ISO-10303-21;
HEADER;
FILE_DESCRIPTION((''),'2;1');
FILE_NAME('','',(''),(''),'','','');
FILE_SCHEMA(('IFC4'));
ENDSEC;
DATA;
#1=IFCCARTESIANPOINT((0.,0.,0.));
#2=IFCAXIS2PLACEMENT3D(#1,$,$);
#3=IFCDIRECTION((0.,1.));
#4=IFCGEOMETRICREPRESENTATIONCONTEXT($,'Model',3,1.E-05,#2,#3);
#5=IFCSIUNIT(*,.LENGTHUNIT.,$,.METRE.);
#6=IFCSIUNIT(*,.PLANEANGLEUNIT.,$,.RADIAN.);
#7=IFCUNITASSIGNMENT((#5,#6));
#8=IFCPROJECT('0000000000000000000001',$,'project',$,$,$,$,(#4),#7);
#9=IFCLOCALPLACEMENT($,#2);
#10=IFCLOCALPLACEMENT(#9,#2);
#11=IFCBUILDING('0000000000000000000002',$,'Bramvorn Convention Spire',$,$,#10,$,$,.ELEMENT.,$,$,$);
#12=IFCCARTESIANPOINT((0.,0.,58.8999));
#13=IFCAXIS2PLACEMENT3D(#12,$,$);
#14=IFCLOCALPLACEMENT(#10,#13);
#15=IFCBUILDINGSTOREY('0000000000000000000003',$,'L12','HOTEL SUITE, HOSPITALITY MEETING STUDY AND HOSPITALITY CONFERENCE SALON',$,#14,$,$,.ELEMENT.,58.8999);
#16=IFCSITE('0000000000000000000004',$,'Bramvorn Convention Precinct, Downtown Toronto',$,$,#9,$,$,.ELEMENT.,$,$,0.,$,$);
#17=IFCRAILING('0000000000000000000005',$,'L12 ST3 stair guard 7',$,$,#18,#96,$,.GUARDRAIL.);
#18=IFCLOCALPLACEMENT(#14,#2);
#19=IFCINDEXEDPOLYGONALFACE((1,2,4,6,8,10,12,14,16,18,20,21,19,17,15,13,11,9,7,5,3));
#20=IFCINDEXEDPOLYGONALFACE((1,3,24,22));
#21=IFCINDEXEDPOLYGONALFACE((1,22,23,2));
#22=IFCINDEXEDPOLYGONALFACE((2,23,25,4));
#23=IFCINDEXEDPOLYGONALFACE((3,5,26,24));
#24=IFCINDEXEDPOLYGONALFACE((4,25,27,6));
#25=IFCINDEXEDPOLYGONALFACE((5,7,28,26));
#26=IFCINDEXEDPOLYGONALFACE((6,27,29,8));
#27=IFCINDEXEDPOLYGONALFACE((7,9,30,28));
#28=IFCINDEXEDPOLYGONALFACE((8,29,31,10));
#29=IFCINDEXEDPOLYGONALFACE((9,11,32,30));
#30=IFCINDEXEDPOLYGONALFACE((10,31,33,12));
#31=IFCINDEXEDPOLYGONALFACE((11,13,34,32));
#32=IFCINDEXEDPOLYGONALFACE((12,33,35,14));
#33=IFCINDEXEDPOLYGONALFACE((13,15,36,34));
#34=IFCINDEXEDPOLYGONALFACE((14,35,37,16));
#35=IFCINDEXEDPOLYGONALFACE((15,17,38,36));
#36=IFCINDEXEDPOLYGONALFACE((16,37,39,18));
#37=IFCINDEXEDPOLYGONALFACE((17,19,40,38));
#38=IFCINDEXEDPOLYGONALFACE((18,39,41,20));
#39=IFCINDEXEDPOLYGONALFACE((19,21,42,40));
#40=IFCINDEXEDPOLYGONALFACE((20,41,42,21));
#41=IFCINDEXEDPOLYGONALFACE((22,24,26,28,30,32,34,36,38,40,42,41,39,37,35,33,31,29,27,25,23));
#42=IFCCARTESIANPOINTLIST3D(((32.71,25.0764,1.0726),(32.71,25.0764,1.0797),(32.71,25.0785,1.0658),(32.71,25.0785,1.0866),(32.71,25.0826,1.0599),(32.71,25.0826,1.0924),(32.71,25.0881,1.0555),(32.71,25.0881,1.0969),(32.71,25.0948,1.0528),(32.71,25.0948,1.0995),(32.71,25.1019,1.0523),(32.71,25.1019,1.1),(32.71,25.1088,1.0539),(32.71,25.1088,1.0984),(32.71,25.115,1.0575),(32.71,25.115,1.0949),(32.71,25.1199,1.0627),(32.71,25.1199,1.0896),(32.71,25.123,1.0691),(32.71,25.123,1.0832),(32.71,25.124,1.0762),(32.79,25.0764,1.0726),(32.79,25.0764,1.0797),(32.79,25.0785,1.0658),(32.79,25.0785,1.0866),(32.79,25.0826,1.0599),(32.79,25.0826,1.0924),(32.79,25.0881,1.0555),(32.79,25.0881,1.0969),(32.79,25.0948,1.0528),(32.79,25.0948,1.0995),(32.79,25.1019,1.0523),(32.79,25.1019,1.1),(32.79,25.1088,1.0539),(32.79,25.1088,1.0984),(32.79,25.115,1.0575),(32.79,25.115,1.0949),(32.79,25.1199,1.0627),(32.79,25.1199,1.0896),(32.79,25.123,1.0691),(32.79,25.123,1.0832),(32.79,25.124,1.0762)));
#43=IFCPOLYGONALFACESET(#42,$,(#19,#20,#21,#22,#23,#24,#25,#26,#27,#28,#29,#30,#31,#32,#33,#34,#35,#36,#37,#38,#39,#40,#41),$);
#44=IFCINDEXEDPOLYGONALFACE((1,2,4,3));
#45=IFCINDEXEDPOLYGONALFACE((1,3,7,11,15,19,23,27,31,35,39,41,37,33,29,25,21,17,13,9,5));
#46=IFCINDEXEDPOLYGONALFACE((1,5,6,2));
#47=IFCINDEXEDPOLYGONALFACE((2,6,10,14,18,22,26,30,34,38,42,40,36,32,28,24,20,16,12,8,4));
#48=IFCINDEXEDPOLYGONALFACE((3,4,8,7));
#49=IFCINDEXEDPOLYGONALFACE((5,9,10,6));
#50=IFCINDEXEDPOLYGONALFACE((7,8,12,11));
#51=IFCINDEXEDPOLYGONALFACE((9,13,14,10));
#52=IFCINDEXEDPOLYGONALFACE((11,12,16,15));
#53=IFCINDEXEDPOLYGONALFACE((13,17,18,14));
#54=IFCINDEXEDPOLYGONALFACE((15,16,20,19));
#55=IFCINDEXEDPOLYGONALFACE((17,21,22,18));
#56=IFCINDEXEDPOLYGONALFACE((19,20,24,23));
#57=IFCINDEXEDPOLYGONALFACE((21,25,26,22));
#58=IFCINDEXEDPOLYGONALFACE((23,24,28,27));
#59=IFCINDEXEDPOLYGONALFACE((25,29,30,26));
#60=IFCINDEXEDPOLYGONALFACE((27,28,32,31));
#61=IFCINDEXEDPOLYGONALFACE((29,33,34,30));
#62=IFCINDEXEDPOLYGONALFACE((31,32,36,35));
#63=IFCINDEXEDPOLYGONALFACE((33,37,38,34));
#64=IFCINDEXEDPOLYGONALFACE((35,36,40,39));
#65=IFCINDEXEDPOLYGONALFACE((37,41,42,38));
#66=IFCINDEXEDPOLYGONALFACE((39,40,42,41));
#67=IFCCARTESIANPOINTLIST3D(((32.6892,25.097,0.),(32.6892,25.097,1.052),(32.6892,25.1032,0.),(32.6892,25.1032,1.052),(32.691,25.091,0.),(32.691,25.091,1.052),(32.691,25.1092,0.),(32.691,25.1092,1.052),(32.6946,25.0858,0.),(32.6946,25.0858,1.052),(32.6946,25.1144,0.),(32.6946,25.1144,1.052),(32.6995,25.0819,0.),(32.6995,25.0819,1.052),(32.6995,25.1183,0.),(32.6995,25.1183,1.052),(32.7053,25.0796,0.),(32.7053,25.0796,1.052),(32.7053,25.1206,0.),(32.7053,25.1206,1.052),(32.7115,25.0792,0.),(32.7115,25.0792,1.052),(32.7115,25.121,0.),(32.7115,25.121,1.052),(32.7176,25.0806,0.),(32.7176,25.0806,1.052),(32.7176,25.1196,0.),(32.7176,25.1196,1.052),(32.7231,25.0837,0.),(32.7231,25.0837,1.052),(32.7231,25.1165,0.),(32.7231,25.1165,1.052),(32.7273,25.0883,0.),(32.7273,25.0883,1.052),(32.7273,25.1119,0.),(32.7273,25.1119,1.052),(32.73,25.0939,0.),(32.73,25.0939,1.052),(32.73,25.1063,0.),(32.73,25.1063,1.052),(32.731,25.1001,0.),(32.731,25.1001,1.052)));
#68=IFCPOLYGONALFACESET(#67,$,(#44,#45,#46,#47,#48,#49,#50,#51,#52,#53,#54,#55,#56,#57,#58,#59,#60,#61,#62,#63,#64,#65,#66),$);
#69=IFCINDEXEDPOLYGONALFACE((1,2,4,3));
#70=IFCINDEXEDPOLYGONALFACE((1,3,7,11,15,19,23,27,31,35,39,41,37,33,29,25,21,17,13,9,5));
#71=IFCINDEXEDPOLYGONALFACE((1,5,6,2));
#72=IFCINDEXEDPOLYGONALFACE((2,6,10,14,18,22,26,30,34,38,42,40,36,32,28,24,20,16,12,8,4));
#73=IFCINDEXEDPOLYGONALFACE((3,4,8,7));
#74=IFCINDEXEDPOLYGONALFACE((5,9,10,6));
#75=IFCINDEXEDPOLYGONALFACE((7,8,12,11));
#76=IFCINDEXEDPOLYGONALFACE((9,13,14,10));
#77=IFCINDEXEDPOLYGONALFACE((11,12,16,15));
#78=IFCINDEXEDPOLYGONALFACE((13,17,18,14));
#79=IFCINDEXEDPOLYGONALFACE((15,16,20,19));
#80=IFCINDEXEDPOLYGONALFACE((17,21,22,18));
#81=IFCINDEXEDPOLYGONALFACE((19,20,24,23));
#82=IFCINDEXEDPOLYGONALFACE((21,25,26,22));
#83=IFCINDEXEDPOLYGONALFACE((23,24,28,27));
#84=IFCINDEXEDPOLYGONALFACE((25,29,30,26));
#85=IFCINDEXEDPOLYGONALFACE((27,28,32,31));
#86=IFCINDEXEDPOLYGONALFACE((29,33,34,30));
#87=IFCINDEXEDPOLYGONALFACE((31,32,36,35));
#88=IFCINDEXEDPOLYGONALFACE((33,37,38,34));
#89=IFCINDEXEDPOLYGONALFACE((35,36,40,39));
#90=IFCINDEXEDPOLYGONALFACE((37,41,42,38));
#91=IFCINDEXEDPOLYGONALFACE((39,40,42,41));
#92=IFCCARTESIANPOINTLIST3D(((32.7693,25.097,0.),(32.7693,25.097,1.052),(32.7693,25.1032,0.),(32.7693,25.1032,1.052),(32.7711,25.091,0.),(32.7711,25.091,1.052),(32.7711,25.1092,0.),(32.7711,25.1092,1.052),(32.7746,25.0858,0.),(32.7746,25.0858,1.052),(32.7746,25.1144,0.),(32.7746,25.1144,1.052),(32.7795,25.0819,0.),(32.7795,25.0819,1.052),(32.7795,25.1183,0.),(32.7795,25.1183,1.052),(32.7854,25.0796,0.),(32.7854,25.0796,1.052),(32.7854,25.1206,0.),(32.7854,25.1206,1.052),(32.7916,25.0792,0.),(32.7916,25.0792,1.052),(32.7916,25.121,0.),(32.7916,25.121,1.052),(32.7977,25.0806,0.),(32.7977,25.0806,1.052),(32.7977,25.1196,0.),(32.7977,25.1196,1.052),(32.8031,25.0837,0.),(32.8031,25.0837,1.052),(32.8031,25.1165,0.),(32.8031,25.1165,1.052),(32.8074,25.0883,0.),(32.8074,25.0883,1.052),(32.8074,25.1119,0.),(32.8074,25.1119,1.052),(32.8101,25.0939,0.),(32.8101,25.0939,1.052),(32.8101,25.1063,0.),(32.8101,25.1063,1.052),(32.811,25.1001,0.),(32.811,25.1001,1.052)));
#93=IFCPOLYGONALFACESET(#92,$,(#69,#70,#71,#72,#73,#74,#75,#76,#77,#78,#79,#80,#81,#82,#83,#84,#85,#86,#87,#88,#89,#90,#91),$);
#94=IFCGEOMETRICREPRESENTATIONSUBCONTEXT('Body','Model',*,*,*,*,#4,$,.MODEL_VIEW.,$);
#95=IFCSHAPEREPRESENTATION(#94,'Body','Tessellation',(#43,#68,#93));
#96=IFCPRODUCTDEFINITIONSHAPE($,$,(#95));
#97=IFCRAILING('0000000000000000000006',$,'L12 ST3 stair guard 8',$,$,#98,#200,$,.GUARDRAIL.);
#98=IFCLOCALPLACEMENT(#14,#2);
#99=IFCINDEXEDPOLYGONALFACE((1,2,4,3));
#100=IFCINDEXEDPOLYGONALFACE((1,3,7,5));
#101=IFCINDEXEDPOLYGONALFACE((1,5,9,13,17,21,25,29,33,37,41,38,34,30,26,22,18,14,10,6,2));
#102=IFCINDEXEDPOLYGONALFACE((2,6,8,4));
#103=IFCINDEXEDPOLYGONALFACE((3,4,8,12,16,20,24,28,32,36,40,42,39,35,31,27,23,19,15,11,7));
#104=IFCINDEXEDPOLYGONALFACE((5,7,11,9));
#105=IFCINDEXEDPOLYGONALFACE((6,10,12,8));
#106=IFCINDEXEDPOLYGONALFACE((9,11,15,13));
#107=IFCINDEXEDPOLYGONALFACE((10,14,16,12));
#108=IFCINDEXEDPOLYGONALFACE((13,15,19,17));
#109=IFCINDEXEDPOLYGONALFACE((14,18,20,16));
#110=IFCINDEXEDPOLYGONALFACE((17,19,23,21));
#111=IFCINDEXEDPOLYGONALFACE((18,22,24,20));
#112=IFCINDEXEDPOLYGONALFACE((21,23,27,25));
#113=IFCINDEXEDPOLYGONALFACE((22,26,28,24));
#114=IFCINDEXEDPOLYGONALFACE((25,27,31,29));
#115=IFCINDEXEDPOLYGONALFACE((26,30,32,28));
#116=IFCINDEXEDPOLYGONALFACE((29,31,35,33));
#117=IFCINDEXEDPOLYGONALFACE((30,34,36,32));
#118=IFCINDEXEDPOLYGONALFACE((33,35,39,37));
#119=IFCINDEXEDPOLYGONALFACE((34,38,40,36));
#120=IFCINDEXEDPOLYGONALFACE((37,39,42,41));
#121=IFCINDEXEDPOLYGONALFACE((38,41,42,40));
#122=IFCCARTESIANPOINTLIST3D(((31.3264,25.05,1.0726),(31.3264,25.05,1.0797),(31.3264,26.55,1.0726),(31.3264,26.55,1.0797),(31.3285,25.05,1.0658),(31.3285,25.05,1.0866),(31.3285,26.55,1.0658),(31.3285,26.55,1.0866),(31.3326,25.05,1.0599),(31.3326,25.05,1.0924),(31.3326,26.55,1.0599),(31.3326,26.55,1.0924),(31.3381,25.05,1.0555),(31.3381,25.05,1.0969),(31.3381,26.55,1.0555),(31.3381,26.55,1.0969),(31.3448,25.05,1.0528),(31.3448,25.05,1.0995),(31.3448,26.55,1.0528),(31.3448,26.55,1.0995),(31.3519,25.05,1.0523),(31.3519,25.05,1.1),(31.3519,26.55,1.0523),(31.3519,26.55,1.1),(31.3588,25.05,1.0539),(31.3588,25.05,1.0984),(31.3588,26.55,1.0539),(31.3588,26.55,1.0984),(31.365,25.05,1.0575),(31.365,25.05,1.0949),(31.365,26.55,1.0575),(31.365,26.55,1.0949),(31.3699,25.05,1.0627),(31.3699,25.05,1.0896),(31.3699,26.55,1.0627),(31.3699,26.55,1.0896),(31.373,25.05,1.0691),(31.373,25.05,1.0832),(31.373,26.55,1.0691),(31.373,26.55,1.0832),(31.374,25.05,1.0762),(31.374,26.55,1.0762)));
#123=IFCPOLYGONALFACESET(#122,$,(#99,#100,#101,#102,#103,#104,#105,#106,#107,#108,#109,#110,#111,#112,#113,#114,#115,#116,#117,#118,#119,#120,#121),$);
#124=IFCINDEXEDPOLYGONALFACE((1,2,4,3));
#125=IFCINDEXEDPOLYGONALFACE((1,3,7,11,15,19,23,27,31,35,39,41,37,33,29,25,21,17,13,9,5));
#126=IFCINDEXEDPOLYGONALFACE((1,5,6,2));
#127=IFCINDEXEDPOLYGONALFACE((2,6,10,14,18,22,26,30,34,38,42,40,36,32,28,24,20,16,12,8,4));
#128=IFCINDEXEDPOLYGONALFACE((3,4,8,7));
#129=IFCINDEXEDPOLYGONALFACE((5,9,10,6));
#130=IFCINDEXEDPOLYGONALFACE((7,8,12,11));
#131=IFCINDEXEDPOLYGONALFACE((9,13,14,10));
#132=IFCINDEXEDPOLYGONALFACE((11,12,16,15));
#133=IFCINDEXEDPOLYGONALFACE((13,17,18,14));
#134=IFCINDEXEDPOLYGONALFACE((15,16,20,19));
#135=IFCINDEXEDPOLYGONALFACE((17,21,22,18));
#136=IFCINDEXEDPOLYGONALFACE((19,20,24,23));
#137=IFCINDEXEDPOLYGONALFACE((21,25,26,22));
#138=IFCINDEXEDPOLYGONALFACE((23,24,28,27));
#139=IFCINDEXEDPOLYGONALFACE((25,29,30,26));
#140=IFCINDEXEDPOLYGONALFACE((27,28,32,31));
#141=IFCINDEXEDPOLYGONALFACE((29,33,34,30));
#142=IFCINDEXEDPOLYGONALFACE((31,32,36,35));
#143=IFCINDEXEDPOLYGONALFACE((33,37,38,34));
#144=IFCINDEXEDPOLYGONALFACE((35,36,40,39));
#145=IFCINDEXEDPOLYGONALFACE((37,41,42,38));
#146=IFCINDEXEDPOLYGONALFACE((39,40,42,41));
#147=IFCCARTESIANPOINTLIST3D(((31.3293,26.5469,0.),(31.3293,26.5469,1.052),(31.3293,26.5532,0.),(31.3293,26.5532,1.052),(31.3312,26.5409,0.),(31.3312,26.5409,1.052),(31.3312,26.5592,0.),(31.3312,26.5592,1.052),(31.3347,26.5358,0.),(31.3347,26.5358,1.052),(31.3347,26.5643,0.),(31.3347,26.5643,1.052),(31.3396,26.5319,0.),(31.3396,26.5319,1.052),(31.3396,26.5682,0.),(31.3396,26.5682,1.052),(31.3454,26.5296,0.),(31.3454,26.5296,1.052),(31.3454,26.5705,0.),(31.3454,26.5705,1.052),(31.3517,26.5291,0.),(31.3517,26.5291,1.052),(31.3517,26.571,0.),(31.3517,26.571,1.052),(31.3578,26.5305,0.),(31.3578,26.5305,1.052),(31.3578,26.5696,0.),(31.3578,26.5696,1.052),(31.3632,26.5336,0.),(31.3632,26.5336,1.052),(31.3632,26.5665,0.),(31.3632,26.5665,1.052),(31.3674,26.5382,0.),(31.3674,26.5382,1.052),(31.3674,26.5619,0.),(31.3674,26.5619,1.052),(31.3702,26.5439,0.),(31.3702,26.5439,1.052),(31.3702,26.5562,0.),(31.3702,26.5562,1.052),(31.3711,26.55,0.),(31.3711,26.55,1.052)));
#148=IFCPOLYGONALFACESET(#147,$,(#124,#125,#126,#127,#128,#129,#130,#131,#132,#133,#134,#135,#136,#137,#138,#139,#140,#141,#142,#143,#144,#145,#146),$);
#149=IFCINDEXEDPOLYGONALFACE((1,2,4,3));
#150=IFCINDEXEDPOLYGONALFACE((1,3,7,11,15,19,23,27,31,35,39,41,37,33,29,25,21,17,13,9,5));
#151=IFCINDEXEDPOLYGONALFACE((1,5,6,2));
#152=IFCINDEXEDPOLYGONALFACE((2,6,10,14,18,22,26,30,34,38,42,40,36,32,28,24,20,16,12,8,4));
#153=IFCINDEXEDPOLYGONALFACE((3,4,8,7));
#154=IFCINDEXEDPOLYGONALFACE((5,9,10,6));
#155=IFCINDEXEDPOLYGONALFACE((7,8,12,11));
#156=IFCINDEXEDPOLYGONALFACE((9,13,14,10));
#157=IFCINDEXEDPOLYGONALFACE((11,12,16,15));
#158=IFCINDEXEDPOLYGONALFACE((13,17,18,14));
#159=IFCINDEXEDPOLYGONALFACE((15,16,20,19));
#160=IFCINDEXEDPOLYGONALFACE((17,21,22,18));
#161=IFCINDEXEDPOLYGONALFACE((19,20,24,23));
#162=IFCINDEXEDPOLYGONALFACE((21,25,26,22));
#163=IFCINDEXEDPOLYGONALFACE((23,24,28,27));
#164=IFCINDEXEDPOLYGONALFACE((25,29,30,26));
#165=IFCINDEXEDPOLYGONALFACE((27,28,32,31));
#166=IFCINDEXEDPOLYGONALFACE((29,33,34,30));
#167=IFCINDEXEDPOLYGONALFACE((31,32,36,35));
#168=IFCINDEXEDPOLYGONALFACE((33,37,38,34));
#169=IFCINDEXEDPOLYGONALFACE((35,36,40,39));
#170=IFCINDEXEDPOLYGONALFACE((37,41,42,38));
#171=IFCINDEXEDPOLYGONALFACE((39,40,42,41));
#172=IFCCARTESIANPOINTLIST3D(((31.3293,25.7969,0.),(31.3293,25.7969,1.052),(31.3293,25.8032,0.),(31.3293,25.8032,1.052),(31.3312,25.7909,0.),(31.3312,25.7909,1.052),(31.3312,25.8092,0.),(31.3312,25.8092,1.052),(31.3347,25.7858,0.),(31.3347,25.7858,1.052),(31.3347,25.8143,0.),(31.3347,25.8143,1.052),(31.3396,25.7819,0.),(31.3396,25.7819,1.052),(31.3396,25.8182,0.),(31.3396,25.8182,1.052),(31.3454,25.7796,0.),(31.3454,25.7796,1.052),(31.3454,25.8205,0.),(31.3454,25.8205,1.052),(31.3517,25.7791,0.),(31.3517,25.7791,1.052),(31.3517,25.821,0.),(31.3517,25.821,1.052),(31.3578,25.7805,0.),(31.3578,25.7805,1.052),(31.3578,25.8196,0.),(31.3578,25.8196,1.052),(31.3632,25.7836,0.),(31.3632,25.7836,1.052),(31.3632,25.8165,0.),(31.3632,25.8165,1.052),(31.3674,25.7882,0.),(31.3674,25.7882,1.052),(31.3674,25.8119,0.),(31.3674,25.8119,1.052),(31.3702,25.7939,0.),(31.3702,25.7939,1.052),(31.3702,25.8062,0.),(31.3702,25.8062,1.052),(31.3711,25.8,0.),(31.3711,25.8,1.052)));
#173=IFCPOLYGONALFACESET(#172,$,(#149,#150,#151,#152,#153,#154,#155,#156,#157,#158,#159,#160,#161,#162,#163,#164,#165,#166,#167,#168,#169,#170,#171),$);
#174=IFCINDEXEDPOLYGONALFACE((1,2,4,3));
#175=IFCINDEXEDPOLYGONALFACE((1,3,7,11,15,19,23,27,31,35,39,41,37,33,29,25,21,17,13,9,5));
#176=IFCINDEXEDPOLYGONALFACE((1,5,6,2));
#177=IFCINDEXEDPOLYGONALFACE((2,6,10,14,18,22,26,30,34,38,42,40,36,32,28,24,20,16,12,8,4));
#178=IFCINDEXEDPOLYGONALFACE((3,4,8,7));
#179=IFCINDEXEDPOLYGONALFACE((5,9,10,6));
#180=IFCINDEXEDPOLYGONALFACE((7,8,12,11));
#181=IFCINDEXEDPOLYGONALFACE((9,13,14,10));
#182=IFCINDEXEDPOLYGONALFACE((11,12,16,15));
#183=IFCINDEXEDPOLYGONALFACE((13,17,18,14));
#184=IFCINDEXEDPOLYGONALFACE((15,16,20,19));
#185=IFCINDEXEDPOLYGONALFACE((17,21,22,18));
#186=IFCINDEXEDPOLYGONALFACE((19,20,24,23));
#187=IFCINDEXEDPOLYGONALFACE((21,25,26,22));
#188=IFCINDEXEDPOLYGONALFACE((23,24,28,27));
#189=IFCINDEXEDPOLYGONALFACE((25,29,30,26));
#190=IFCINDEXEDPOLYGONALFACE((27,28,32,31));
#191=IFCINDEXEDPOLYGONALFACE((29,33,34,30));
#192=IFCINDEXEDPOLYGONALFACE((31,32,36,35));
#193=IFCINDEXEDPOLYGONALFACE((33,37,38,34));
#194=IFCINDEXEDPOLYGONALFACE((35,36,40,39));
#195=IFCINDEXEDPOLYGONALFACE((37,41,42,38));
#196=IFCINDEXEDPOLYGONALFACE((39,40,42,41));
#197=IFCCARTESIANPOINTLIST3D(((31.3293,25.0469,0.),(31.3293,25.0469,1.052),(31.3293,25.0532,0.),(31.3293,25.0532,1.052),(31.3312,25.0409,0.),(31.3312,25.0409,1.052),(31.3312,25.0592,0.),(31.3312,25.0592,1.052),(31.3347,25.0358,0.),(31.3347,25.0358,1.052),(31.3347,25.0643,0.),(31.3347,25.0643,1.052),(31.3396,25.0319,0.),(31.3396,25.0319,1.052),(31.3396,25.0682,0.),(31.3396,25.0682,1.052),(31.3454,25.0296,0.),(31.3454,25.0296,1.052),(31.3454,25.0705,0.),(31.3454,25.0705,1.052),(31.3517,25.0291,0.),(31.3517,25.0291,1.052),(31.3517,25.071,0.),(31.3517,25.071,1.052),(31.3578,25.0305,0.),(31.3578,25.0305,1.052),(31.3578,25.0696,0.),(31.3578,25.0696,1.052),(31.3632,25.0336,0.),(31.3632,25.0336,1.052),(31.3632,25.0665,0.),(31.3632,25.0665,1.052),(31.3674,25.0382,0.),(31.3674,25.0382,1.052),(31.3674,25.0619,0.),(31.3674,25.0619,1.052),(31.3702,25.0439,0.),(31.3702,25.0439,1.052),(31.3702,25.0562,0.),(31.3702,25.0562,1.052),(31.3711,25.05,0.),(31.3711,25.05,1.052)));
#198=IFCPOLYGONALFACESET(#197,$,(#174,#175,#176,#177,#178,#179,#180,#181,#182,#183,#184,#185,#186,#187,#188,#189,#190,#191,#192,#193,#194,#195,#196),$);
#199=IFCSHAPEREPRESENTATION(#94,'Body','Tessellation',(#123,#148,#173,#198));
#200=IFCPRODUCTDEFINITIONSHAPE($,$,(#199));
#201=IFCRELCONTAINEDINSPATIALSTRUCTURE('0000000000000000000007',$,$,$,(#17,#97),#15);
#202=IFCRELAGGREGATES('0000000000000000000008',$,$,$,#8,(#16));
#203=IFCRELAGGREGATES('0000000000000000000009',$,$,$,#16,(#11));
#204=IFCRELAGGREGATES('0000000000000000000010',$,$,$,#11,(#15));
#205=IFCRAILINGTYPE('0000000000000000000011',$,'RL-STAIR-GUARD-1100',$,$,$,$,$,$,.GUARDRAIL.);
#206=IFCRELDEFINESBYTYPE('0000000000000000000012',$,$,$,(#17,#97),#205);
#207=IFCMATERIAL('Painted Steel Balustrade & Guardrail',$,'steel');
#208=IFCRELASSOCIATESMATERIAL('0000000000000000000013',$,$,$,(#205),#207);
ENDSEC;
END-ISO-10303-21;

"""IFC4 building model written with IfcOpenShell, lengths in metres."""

from ifc_helpers import new_model, si_unit, direction, frame, origin, origin_2d, place, context, subcontext, project, spatial, circle, extrude, material, type_object, element, save


model = new_model("IFC4")

# Units and contexts
model_context = context("Model", 3, precision=1e-05, world=origin(), true_north=direction((0.0, 1.0)))
body_context = subcontext(model_context, "Body", "Model", "MODEL_VIEW")
ifc_project = project(units=[si_unit("LENGTHUNIT", "METRE"), si_unit("PLANEANGLEUNIT", "RADIAN")], contexts=[model_context])

# Site, building, storey
site_placement = place(None, origin())
site = spatial("IfcSite", under=ifc_project, at=site_placement, Name="Bramvorn Convention Precinct, Downtown Toronto", CompositionType="ELEMENT", RefElevation=0.0)
building_placement = place(site_placement, origin())
building = spatial("IfcBuilding", under=site, at=building_placement, Name="Bramvorn Convention Spire", CompositionType="ELEMENT")
storey_placement = place(building_placement, frame((0.0, 0.0, 58.8999)))
storey = spatial("IfcBuildingStorey", under=building, at=storey_placement, Name="L12", Description="HOTEL SUITE, HOSPITALITY MEETING STUDY AND HOSPITALITY CONFERENCE SALON", CompositionType="ELEMENT", Elevation=58.8999)

# Railings
ifc_material_1 = material(Name="Painted Steel Balustrade & Guardrail", Category="steel")
railing_type_1 = type_object("IfcRailingType", Name="RL-STAIR-GUARD-1100", PredefinedType="GUARDRAIL", material=ifc_material_1)
railing_1_placement = place(storey_placement, frame((32.71, 25.1001, 0.0)))
element("IfcRailing", 1, at=railing_1_placement, inside=storey, type_object=railing_type_1, Name="L12 ST3 stair guard 7", PredefinedType="GUARDRAIL", context=body_context, shape_type="SweptSolid", body=[
    extrude(circle(Radius=0.0239, at=origin_2d()), frame((0.0, 0.0, 1.0762), z_axis=(1.0, 0.0, 0.0), x_axis=(0.0, 1.0, 0.0)), (0.0, 0.0, 1.0), 0.0801),
    extrude(circle(Radius=0.021, at=origin_2d()), origin(), (0.0, 0.0, 1.0), 1.052),
    extrude(circle(Radius=0.021, at=origin_2d()), frame((0.0801, 0.0, 0.0)), (0.0, 0.0, 1.0), 1.052),
])
for number, where, name in (
    (2, (31.3501, 26.55, 0.0), "L12 ST3 stair guard 8"),
):
    element("IfcRailing", number, at=place(storey_placement, frame(where)), inside=storey, type_object=railing_type_1, Name=name, PredefinedType="GUARDRAIL", context=body_context, shape_type="SweptSolid", body=[
        extrude(circle(Radius=0.0239, at=origin_2d()), frame((0.0, 0.0, 1.0762), z_axis=(0.0, -1.0, 0.0), x_axis=(1.0, 0.0, 0.0)), (0.0, 0.0, 1.0), 1.5),
        extrude(circle(Radius=0.021, at=origin_2d()), origin(), (0.0, 0.0, 1.0), 1.052),
        extrude(circle(Radius=0.021, at=origin_2d()), frame((0.0, -0.75, 0.0)), (0.0, 0.0, 1.0), 1.052),
        extrude(circle(Radius=0.021, at=origin_2d()), frame((0.0, -1.5, 0.0)), (0.0, 0.0, 1.0), 1.052),
    ])

save(model, "model.ifc")
